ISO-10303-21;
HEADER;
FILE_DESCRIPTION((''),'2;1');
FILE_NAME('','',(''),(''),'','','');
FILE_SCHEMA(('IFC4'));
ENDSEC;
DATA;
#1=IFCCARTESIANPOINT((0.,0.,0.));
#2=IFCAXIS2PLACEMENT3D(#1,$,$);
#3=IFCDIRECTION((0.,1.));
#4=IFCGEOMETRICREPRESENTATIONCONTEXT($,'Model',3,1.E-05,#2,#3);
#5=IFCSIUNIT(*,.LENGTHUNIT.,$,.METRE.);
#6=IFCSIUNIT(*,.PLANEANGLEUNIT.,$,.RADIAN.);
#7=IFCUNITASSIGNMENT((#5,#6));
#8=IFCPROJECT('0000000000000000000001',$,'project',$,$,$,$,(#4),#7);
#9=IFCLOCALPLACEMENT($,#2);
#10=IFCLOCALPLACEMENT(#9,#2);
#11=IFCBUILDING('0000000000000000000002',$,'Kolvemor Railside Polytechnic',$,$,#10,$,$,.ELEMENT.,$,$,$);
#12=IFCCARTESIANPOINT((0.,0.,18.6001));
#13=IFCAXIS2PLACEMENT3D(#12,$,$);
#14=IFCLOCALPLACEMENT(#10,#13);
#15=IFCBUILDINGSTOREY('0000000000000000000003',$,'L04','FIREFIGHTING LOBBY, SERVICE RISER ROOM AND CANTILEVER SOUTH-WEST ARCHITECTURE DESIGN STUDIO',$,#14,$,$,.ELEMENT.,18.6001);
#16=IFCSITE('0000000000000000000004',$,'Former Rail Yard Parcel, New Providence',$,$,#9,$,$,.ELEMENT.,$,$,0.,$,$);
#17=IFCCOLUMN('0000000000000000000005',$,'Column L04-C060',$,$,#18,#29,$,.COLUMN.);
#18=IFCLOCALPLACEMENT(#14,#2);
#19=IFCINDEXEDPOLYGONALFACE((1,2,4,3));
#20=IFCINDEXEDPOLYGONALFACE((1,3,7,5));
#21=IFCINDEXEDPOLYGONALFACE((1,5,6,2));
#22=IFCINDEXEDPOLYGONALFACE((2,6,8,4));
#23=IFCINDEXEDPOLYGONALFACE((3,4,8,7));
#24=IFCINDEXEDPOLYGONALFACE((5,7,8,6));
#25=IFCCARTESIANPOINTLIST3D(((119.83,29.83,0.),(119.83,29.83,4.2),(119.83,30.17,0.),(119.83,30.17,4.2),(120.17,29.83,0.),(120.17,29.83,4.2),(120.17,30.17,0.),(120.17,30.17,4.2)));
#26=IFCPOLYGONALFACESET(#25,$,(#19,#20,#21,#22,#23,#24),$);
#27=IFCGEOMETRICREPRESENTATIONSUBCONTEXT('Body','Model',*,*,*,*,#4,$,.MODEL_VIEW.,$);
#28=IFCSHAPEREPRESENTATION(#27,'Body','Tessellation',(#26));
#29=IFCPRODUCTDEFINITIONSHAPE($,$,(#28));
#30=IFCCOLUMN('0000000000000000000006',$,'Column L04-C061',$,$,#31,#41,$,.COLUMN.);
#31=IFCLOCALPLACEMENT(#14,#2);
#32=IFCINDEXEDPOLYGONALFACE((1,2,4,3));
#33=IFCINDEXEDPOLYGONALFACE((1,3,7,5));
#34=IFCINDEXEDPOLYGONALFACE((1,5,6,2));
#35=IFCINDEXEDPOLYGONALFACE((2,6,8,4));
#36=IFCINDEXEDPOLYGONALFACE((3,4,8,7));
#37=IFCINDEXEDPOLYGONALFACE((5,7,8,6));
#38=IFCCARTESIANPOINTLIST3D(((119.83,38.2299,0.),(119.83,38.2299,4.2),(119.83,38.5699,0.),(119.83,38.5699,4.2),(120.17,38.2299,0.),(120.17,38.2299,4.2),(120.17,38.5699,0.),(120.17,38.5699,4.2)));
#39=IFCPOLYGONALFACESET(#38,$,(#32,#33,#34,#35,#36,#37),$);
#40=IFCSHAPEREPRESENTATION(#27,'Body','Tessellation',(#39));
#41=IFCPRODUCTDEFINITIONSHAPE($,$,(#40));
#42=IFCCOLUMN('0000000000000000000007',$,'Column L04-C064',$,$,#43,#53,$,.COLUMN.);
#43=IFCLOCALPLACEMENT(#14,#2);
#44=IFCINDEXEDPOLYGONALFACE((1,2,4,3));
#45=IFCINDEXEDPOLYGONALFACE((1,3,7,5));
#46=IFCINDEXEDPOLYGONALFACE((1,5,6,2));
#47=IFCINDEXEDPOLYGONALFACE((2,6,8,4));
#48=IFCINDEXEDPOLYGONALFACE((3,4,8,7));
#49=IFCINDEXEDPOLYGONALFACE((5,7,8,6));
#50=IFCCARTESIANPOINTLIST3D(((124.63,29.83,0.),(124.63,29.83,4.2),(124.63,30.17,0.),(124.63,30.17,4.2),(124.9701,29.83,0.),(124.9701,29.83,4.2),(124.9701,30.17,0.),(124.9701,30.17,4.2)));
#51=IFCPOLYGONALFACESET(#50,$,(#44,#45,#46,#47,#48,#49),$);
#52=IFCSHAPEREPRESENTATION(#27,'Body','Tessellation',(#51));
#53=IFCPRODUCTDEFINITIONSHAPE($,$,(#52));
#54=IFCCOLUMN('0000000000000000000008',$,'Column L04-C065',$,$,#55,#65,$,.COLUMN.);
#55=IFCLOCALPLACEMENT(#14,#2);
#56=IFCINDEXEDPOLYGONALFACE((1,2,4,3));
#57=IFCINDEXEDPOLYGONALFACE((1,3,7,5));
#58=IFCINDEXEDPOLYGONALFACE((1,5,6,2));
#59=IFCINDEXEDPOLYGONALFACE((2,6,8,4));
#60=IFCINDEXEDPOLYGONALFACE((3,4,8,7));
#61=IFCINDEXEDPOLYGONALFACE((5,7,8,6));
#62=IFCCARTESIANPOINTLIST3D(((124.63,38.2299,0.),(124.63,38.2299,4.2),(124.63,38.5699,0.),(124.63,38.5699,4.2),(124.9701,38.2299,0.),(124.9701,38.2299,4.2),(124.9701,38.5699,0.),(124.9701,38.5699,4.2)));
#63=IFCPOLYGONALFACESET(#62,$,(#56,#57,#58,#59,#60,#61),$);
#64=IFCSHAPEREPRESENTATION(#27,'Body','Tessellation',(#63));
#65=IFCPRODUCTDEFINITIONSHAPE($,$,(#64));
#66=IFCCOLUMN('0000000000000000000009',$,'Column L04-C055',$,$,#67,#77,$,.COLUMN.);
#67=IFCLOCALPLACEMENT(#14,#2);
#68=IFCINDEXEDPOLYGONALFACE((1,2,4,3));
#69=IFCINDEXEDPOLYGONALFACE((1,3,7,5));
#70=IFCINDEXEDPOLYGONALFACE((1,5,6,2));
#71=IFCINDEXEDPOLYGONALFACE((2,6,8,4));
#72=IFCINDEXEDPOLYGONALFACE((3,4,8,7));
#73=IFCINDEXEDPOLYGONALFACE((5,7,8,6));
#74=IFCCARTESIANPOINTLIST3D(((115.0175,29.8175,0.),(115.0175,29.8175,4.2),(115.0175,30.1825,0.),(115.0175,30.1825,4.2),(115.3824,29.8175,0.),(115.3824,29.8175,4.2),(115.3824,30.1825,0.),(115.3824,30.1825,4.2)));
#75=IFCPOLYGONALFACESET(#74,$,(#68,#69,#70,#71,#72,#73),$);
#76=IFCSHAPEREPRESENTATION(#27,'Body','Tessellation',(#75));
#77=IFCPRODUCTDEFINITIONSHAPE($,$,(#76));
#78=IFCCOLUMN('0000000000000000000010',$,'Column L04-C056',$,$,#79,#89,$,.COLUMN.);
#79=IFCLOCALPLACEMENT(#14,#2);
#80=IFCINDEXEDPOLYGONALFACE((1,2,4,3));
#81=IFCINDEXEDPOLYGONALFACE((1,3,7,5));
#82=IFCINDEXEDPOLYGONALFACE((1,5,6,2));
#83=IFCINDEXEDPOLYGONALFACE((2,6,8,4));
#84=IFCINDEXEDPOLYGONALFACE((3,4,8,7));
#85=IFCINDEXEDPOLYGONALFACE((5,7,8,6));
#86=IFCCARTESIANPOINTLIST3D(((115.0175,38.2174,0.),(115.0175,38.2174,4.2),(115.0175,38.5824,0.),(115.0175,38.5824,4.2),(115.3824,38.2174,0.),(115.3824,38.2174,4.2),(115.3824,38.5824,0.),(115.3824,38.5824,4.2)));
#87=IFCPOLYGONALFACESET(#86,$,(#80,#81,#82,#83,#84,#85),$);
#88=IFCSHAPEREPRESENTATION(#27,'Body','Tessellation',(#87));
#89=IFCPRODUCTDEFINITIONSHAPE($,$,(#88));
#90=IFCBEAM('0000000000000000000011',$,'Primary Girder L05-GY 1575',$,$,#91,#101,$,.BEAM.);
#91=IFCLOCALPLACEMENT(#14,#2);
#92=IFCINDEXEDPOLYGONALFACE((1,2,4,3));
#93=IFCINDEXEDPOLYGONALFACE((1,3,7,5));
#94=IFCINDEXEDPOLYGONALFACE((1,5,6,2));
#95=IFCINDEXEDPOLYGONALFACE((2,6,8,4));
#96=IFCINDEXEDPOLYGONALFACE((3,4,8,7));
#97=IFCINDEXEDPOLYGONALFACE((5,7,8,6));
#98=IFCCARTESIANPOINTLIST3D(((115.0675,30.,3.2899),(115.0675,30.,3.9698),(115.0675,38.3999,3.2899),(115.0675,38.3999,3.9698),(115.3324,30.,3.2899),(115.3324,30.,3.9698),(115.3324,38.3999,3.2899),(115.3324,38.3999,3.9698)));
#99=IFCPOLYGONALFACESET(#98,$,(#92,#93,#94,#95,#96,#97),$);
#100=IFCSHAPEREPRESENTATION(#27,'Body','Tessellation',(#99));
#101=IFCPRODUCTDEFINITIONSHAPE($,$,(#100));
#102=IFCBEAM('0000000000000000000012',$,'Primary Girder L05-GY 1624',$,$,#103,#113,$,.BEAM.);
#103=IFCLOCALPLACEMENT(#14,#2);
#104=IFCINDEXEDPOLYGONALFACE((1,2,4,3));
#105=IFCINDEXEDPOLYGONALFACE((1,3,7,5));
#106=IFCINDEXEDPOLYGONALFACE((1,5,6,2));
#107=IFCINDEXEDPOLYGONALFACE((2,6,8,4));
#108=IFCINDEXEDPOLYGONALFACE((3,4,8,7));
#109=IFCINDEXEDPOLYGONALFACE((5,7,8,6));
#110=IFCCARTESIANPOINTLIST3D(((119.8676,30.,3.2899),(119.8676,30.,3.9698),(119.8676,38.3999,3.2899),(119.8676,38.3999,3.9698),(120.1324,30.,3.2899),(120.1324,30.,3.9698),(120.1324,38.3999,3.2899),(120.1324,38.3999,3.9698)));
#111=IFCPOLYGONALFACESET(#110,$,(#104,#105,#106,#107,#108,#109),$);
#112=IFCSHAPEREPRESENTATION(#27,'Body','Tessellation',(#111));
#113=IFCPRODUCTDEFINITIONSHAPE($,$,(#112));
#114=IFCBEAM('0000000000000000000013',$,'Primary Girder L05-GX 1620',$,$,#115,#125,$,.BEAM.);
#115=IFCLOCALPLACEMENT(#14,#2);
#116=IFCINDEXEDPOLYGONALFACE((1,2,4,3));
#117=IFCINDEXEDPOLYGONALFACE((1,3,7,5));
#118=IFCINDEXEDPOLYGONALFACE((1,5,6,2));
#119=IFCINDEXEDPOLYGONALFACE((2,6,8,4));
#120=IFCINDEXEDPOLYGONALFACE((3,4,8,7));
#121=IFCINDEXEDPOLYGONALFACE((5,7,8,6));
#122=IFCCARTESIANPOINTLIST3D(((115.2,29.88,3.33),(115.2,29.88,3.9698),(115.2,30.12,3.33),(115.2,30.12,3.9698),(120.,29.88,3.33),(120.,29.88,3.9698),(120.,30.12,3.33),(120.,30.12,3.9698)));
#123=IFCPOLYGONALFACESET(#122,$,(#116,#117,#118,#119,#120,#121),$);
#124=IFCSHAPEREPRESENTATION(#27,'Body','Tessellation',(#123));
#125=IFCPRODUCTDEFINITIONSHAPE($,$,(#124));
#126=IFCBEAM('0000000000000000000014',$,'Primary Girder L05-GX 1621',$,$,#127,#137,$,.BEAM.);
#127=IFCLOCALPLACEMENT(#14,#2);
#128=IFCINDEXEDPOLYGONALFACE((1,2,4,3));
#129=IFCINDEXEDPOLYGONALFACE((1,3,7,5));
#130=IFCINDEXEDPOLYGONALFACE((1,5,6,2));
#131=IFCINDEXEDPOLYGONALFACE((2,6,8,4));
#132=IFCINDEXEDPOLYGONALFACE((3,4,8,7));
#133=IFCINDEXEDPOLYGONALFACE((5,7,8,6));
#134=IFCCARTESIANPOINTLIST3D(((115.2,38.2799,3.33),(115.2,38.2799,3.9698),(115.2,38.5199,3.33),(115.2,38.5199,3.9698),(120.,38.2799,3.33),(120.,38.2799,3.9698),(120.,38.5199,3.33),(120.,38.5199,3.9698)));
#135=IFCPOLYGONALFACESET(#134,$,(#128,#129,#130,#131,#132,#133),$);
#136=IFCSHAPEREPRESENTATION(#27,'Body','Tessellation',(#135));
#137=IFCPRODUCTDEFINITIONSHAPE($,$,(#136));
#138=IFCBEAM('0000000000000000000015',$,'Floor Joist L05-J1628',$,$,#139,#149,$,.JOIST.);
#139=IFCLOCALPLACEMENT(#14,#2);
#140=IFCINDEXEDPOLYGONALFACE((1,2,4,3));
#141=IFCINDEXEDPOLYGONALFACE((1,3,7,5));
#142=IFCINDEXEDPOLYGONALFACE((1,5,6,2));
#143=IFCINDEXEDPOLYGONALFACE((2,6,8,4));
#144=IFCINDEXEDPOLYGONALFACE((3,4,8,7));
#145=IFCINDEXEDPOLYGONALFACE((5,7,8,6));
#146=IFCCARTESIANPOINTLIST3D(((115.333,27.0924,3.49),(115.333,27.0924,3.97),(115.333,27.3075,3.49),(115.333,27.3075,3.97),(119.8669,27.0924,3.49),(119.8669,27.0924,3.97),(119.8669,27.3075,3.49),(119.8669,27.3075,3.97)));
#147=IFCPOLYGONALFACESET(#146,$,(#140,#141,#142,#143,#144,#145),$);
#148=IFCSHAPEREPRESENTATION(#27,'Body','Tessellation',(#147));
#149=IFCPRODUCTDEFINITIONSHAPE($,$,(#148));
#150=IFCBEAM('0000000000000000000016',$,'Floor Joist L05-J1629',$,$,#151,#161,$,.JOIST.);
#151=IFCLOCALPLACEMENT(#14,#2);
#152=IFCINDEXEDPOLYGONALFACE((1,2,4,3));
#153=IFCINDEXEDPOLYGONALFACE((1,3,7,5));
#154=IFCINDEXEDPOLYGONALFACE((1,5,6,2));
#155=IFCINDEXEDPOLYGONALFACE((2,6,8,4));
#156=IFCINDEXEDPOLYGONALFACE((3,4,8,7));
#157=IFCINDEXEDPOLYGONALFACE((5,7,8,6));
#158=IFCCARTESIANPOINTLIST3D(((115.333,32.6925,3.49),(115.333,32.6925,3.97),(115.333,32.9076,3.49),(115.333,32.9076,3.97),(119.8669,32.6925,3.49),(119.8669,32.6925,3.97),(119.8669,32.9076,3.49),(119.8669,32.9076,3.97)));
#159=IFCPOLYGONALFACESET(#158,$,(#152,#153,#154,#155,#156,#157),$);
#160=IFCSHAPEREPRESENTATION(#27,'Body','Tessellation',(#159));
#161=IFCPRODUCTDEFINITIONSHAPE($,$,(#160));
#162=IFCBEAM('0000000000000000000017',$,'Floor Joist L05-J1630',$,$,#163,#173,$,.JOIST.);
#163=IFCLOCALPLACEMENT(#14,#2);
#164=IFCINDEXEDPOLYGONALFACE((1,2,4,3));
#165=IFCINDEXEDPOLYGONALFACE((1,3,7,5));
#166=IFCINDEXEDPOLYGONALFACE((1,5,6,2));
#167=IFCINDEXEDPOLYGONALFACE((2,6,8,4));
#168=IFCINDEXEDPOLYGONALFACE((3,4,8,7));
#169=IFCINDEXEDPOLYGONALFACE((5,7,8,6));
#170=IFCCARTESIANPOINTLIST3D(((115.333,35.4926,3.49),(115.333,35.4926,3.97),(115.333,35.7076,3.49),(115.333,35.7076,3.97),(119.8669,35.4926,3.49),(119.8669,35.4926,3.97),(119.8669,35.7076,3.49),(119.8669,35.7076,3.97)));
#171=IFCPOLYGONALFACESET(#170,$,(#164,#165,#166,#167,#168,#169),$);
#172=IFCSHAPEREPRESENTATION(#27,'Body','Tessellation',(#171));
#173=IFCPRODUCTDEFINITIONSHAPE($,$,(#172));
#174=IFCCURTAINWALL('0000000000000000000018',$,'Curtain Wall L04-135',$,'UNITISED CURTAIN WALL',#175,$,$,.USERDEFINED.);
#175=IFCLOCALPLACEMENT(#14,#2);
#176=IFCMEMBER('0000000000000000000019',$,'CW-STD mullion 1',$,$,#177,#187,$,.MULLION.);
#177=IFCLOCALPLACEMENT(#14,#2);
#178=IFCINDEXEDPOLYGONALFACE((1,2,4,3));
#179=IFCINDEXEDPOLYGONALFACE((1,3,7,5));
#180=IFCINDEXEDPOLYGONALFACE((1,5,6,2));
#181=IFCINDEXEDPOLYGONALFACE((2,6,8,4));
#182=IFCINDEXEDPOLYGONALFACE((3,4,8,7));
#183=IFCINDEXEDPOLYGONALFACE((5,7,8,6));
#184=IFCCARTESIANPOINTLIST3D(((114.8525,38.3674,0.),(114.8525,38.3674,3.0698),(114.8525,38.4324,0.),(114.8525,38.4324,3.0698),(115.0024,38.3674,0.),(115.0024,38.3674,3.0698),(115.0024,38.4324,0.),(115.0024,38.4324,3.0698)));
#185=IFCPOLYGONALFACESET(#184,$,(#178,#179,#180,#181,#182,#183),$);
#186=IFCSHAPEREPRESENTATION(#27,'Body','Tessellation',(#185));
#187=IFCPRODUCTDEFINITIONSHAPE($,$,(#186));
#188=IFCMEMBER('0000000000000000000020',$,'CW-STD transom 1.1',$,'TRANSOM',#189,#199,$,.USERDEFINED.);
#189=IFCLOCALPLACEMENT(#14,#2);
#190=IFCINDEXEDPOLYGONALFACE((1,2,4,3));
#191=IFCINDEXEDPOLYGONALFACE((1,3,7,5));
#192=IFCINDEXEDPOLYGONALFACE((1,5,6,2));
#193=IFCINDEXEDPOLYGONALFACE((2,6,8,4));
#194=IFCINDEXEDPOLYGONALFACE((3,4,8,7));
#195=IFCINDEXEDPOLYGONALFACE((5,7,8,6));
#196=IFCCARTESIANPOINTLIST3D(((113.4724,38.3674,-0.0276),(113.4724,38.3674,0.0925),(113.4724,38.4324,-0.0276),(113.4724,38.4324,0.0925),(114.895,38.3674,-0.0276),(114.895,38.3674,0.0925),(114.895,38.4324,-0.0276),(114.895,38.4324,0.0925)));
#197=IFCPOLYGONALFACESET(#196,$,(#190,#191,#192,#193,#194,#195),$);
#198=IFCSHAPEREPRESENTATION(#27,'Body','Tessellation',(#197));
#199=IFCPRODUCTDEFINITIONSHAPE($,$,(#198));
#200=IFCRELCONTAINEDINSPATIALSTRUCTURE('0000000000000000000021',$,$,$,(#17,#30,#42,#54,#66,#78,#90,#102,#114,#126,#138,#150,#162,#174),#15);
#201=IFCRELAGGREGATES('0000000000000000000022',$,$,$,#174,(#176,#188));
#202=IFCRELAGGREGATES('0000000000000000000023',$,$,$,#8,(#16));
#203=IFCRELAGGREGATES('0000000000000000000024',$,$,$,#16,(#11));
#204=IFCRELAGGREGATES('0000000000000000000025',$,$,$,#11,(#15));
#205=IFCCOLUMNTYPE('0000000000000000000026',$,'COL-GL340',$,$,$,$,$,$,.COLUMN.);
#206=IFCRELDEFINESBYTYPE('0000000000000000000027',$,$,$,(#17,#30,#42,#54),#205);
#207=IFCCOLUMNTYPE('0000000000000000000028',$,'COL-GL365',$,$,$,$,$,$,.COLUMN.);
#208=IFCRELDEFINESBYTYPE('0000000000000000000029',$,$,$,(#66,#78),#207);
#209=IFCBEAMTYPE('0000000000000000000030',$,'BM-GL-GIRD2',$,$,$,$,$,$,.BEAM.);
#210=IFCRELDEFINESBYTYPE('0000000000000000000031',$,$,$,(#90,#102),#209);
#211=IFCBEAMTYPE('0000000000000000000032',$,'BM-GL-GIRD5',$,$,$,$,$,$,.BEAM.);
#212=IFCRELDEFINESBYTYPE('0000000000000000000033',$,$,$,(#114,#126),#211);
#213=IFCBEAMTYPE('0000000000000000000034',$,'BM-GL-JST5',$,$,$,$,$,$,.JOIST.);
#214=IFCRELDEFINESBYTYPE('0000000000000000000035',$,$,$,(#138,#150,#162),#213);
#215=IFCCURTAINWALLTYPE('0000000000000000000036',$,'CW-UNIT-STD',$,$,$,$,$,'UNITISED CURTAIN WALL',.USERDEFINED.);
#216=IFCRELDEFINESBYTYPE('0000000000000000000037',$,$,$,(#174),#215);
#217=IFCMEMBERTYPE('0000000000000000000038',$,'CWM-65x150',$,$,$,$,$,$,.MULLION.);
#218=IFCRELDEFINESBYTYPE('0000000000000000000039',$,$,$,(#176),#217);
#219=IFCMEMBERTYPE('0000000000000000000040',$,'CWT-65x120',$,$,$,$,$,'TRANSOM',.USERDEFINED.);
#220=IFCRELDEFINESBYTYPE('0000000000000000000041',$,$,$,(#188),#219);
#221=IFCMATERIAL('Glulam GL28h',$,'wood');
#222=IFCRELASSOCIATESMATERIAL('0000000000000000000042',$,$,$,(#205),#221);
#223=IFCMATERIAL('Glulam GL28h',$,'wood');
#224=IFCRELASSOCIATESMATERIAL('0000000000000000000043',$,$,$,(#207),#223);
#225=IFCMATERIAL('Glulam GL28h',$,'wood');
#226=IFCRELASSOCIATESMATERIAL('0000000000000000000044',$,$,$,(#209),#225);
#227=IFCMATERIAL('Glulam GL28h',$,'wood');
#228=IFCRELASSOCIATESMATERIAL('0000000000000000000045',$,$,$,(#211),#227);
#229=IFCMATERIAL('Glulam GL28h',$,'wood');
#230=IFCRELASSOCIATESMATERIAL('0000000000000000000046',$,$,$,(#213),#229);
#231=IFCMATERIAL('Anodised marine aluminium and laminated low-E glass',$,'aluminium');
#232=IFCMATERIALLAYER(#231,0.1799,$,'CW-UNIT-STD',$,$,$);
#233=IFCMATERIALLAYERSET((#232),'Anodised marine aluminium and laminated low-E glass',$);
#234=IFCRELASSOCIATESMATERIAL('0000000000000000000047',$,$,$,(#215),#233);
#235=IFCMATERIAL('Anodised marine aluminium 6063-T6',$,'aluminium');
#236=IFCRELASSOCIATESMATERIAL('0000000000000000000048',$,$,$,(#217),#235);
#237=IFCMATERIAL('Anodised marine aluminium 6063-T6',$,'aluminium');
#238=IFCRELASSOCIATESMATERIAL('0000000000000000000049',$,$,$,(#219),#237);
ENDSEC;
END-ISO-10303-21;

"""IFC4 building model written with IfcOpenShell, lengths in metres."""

from ifc_helpers import new_model, si_unit, direction, frame, origin, origin_2d, place, context, subcontext, project, spatial, rectangle, extrude, material, layer, layer_set, material_profile, profile_set, type_object, element, aggregate, save


model = new_model("IFC4")

# Units and contexts
model_context = context("Model", 3, precision=1e-05, world=origin(), true_north=direction((0.0, 1.0)))
body_context = subcontext(model_context, "Body", "Model", "MODEL_VIEW")
ifc_project = project(units=[si_unit("LENGTHUNIT", "METRE"), si_unit("PLANEANGLEUNIT", "RADIAN")], contexts=[model_context])

# Site, building, storey
site_placement = place(None, origin())
site = spatial("IfcSite", under=ifc_project, at=site_placement, Name="Former Rail Yard Parcel, New Providence", CompositionType="ELEMENT", RefElevation=0.0)
building_placement = place(site_placement, origin())
building = spatial("IfcBuilding", under=site, at=building_placement, Name="Kolvemor Railside Polytechnic", CompositionType="ELEMENT")
storey_placement = place(building_placement, frame((0.0, 0.0, 18.6001)))
storey = spatial("IfcBuildingStorey", under=building, at=storey_placement, Name="L04", Description="FIREFIGHTING LOBBY, SERVICE RISER ROOM AND CANTILEVER SOUTH-WEST ARCHITECTURE DESIGN STUDIO", CompositionType="ELEMENT", Elevation=18.6001)

# Columns
ifc_material_1 = material(Name="Glulam GL28h", Category="wood")
ifc_material_profile_1 = material_profile(ifc_material_1, rectangle(XDim=0.3401, YDim=0.3401, at=origin_2d()), Name="GL340x340")
ifc_profile_set_1 = profile_set([ifc_material_profile_1], Name="Glulam GL28h")
column_type_1 = type_object("IfcColumnType", Name="COL-GL340", PredefinedType="COLUMN", material=ifc_profile_set_1)
for number, where, z_axis, x_axis, name in (
    (1, (120.0, 30.0, 0.0), (0.0, 0.0, 1.0), (1.0, 0.0, 0.0), "Column L04-C060"),
    (2, (120.0, 38.3999, 0.0), (0.0, 0.0, 1.0), (1.0, 0.0, 0.0), "Column L04-C061"),
    (3, (124.8, 30.0, 0.0), (0.0, 0.0, 1.0), (1.0, 0.0, 0.0), "Column L04-C064"),
    (4, (124.8, 38.3999, 0.0), (0.0, 0.0, 1.0), (1.0, 0.0, 0.0), "Column L04-C065"),
):
    element("IfcColumn", number, at=place(storey_placement, frame(where, z_axis=z_axis, x_axis=x_axis)), inside=storey, type_object=column_type_1, Name=name, PredefinedType="COLUMN", context=body_context, shape_type="SweptSolid", body=[
        extrude(rectangle(XDim=0.3401, YDim=0.3401, at=origin_2d()), origin(), (0.0, 0.0, 1.0), 4.2),
    ])
ifc_material_2 = material(Name="Glulam GL28h", Category="wood")
ifc_material_profile_2 = material_profile(ifc_material_2, rectangle(XDim=0.365, YDim=0.365, at=origin_2d()), Name="GL365x365")
ifc_profile_set_2 = profile_set([ifc_material_profile_2], Name="Glulam GL28h")
column_type_2 = type_object("IfcColumnType", Name="COL-GL365", PredefinedType="COLUMN", material=ifc_profile_set_2)
for number, where, z_axis, x_axis, name in (
    (5, (115.2, 30.0, 0.0), (0.0, 0.0, 1.0), (1.0, 0.0, 0.0), "Column L04-C055"),
    (6, (115.2, 38.3999, 0.0), (0.0, 0.0, 1.0), (1.0, 0.0, 0.0), "Column L04-C056"),
):
    element("IfcColumn", number, at=place(storey_placement, frame(where, z_axis=z_axis, x_axis=x_axis)), inside=storey, type_object=column_type_2, Name=name, PredefinedType="COLUMN", context=body_context, shape_type="SweptSolid", body=[
        extrude(rectangle(XDim=0.365, YDim=0.365, at=origin_2d()), origin(), (0.0, 0.0, 1.0), 4.2),
    ])

# Beams
ifc_material_3 = material(Name="Glulam GL28h", Category="wood")
ifc_material_profile_3 = material_profile(ifc_material_3, rectangle(XDim=0.2649, YDim=0.6799, at=origin_2d()), Name="GL265x680")
ifc_profile_set_3 = profile_set([ifc_material_profile_3], Name="Glulam GL28h")
beam_type_1 = type_object("IfcBeamType", Name="BM-GL-GIRD2", PredefinedType="BEAM", material=ifc_profile_set_3)
for number, where, z_axis, x_axis, name in (
    (7, (115.2, 30.0, 3.6299), (0.0, 1.0, 0.0), (-1.0, 0.0, 0.0), "Primary Girder L05-GY 1575"),
    (8, (120.0, 30.0, 3.6299), (0.0, 1.0, 0.0), (-1.0, 0.0, 0.0), "Primary Girder L05-GY 1624"),
):
    element("IfcBeam", number, at=place(storey_placement, frame(where, z_axis=z_axis, x_axis=x_axis)), inside=storey, type_object=beam_type_1, Name=name, PredefinedType="BEAM", context=body_context, shape_type="SweptSolid", body=[
        extrude(rectangle(XDim=0.2649, YDim=0.6799, at=origin_2d()), origin(), (0.0, 0.0, 1.0), 8.3999),
    ])
ifc_material_4 = material(Name="Glulam GL28h", Category="wood")
ifc_material_profile_4 = material_profile(ifc_material_4, rectangle(XDim=0.24, YDim=0.6399, at=origin_2d()), Name="GL240x640")
ifc_profile_set_4 = profile_set([ifc_material_profile_4], Name="Glulam GL28h")
beam_type_2 = type_object("IfcBeamType", Name="BM-GL-GIRD5", PredefinedType="BEAM", material=ifc_profile_set_4)
for number, where, z_axis, x_axis, name in (
    (9, (115.2, 30.0, 3.6499), (1.0, 0.0, 0.0), (0.0, 1.0, 0.0), "Primary Girder L05-GX 1620"),
    (10, (115.2, 38.3999, 3.6499), (1.0, 0.0, 0.0), (0.0, 1.0, 0.0), "Primary Girder L05-GX 1621"),
):
    element("IfcBeam", number, at=place(storey_placement, frame(where, z_axis=z_axis, x_axis=x_axis)), inside=storey, type_object=beam_type_2, Name=name, PredefinedType="BEAM", context=body_context, shape_type="SweptSolid", body=[
        extrude(rectangle(XDim=0.24, YDim=0.6399, at=origin_2d()), origin(), (0.0, 0.0, 1.0), 4.8),
    ])
ifc_material_5 = material(Name="Glulam GL28h", Category="wood")
ifc_material_profile_5 = material_profile(ifc_material_5, rectangle(XDim=0.2151, YDim=0.48, at=origin_2d()), Name="GL215x480")
ifc_profile_set_5 = profile_set([ifc_material_profile_5], Name="Glulam GL28h")
beam_type_3 = type_object("IfcBeamType", Name="BM-GL-JST5", PredefinedType="JOIST", material=ifc_profile_set_5)
for number, where, z_axis, x_axis, name in (
    (11, (115.333, 27.2, 3.73), (1.0, 0.0, 0.0), (0.0, 1.0, 0.0), "Floor Joist L05-J1628"),
    (12, (115.333, 32.8, 3.73), (1.0, 0.0, 0.0), (0.0, 1.0, 0.0), "Floor Joist L05-J1629"),
    (13, (115.333, 35.6001, 3.73), (1.0, 0.0, 0.0), (0.0, 1.0, 0.0), "Floor Joist L05-J1630"),
):
    element("IfcBeam", number, at=place(storey_placement, frame(where, z_axis=z_axis, x_axis=x_axis)), inside=storey, type_object=beam_type_3, Name=name, PredefinedType="JOIST", context=body_context, shape_type="SweptSolid", body=[
        extrude(rectangle(XDim=0.2151, YDim=0.48, at=origin_2d()), origin(), (0.0, 0.0, 1.0), 4.5339),
    ])

# Curtain wall, members
ifc_material_6 = material(Name="Anodised marine aluminium and laminated low-E glass", Category="aluminium")
ifc_layer_1 = layer(ifc_material_6, 0.1799, Name="CW-UNIT-STD")
ifc_layer_set_1 = layer_set([ifc_layer_1], Name="Anodised marine aluminium and laminated low-E glass")
curtain_wall_type = type_object("IfcCurtainWallType", Name="CW-UNIT-STD", ElementType="UNITISED CURTAIN WALL", PredefinedType="USERDEFINED", material=ifc_layer_set_1)
curtain_wall_placement = place(storey_placement, origin())
curtain_wall = element("IfcCurtainWall", 14, at=curtain_wall_placement, inside=storey, type_object=curtain_wall_type, Name="Curtain Wall L04-135", ObjectType="UNITISED CURTAIN WALL", PredefinedType="USERDEFINED")
ifc_material_7 = material(Name="Anodised marine aluminium 6063-T6", Category="aluminium")
ifc_material_profile_6 = material_profile(ifc_material_7, rectangle(XDim=0.0649, YDim=0.1499, at=origin_2d()), Name="CW-MUL-65x150")
ifc_profile_set_6 = profile_set([ifc_material_profile_6], Name="Anodised marine aluminium 6063-T6")
member_type_1 = type_object("IfcMemberType", Name="CWM-65x150", PredefinedType="MULLION", material=ifc_profile_set_6)
member_1_placement = place(storey_placement, frame((114.9275, 38.3999, 0.0), z_axis=(0.0, 0.0, 1.0), x_axis=(0.0, -1.0, 0.0)))
member_1 = element("IfcMember", 15, at=member_1_placement, type_object=member_type_1, Name="CW-STD mullion 1", PredefinedType="MULLION", context=body_context, shape_type="SweptSolid", body=[
    extrude(rectangle(XDim=0.0649, YDim=0.1499, at=origin_2d()), origin(), (0.0, 0.0, 1.0), 3.0698),
])
ifc_material_8 = material(Name="Anodised marine aluminium 6063-T6", Category="aluminium")
ifc_material_profile_7 = material_profile(ifc_material_8, rectangle(XDim=0.0649, YDim=0.1201, at=origin_2d()), Name="CW-TRN-65x120")
ifc_profile_set_7 = profile_set([ifc_material_profile_7], Name="Anodised marine aluminium 6063-T6")
member_type_2 = type_object("IfcMemberType", Name="CWT-65x120", ElementType="TRANSOM", PredefinedType="USERDEFINED", material=ifc_profile_set_7)
member_2_placement = place(storey_placement, frame((114.895, 38.3999, 0.0325), z_axis=(-1.0, 0.0, 0.0), x_axis=(0.0, -1.0, 0.0)))
member_2 = element("IfcMember", 16, at=member_2_placement, type_object=member_type_2, Name="CW-STD transom 1.1", ObjectType="TRANSOM", PredefinedType="USERDEFINED", context=body_context, shape_type="SweptSolid", body=[
    extrude(rectangle(XDim=0.0649, YDim=0.1201, at=origin_2d()), origin(), (0.0, 0.0, 1.0), 1.4226),
])
aggregate(curtain_wall, [member_1, member_2])

save(model, "model.ifc")
